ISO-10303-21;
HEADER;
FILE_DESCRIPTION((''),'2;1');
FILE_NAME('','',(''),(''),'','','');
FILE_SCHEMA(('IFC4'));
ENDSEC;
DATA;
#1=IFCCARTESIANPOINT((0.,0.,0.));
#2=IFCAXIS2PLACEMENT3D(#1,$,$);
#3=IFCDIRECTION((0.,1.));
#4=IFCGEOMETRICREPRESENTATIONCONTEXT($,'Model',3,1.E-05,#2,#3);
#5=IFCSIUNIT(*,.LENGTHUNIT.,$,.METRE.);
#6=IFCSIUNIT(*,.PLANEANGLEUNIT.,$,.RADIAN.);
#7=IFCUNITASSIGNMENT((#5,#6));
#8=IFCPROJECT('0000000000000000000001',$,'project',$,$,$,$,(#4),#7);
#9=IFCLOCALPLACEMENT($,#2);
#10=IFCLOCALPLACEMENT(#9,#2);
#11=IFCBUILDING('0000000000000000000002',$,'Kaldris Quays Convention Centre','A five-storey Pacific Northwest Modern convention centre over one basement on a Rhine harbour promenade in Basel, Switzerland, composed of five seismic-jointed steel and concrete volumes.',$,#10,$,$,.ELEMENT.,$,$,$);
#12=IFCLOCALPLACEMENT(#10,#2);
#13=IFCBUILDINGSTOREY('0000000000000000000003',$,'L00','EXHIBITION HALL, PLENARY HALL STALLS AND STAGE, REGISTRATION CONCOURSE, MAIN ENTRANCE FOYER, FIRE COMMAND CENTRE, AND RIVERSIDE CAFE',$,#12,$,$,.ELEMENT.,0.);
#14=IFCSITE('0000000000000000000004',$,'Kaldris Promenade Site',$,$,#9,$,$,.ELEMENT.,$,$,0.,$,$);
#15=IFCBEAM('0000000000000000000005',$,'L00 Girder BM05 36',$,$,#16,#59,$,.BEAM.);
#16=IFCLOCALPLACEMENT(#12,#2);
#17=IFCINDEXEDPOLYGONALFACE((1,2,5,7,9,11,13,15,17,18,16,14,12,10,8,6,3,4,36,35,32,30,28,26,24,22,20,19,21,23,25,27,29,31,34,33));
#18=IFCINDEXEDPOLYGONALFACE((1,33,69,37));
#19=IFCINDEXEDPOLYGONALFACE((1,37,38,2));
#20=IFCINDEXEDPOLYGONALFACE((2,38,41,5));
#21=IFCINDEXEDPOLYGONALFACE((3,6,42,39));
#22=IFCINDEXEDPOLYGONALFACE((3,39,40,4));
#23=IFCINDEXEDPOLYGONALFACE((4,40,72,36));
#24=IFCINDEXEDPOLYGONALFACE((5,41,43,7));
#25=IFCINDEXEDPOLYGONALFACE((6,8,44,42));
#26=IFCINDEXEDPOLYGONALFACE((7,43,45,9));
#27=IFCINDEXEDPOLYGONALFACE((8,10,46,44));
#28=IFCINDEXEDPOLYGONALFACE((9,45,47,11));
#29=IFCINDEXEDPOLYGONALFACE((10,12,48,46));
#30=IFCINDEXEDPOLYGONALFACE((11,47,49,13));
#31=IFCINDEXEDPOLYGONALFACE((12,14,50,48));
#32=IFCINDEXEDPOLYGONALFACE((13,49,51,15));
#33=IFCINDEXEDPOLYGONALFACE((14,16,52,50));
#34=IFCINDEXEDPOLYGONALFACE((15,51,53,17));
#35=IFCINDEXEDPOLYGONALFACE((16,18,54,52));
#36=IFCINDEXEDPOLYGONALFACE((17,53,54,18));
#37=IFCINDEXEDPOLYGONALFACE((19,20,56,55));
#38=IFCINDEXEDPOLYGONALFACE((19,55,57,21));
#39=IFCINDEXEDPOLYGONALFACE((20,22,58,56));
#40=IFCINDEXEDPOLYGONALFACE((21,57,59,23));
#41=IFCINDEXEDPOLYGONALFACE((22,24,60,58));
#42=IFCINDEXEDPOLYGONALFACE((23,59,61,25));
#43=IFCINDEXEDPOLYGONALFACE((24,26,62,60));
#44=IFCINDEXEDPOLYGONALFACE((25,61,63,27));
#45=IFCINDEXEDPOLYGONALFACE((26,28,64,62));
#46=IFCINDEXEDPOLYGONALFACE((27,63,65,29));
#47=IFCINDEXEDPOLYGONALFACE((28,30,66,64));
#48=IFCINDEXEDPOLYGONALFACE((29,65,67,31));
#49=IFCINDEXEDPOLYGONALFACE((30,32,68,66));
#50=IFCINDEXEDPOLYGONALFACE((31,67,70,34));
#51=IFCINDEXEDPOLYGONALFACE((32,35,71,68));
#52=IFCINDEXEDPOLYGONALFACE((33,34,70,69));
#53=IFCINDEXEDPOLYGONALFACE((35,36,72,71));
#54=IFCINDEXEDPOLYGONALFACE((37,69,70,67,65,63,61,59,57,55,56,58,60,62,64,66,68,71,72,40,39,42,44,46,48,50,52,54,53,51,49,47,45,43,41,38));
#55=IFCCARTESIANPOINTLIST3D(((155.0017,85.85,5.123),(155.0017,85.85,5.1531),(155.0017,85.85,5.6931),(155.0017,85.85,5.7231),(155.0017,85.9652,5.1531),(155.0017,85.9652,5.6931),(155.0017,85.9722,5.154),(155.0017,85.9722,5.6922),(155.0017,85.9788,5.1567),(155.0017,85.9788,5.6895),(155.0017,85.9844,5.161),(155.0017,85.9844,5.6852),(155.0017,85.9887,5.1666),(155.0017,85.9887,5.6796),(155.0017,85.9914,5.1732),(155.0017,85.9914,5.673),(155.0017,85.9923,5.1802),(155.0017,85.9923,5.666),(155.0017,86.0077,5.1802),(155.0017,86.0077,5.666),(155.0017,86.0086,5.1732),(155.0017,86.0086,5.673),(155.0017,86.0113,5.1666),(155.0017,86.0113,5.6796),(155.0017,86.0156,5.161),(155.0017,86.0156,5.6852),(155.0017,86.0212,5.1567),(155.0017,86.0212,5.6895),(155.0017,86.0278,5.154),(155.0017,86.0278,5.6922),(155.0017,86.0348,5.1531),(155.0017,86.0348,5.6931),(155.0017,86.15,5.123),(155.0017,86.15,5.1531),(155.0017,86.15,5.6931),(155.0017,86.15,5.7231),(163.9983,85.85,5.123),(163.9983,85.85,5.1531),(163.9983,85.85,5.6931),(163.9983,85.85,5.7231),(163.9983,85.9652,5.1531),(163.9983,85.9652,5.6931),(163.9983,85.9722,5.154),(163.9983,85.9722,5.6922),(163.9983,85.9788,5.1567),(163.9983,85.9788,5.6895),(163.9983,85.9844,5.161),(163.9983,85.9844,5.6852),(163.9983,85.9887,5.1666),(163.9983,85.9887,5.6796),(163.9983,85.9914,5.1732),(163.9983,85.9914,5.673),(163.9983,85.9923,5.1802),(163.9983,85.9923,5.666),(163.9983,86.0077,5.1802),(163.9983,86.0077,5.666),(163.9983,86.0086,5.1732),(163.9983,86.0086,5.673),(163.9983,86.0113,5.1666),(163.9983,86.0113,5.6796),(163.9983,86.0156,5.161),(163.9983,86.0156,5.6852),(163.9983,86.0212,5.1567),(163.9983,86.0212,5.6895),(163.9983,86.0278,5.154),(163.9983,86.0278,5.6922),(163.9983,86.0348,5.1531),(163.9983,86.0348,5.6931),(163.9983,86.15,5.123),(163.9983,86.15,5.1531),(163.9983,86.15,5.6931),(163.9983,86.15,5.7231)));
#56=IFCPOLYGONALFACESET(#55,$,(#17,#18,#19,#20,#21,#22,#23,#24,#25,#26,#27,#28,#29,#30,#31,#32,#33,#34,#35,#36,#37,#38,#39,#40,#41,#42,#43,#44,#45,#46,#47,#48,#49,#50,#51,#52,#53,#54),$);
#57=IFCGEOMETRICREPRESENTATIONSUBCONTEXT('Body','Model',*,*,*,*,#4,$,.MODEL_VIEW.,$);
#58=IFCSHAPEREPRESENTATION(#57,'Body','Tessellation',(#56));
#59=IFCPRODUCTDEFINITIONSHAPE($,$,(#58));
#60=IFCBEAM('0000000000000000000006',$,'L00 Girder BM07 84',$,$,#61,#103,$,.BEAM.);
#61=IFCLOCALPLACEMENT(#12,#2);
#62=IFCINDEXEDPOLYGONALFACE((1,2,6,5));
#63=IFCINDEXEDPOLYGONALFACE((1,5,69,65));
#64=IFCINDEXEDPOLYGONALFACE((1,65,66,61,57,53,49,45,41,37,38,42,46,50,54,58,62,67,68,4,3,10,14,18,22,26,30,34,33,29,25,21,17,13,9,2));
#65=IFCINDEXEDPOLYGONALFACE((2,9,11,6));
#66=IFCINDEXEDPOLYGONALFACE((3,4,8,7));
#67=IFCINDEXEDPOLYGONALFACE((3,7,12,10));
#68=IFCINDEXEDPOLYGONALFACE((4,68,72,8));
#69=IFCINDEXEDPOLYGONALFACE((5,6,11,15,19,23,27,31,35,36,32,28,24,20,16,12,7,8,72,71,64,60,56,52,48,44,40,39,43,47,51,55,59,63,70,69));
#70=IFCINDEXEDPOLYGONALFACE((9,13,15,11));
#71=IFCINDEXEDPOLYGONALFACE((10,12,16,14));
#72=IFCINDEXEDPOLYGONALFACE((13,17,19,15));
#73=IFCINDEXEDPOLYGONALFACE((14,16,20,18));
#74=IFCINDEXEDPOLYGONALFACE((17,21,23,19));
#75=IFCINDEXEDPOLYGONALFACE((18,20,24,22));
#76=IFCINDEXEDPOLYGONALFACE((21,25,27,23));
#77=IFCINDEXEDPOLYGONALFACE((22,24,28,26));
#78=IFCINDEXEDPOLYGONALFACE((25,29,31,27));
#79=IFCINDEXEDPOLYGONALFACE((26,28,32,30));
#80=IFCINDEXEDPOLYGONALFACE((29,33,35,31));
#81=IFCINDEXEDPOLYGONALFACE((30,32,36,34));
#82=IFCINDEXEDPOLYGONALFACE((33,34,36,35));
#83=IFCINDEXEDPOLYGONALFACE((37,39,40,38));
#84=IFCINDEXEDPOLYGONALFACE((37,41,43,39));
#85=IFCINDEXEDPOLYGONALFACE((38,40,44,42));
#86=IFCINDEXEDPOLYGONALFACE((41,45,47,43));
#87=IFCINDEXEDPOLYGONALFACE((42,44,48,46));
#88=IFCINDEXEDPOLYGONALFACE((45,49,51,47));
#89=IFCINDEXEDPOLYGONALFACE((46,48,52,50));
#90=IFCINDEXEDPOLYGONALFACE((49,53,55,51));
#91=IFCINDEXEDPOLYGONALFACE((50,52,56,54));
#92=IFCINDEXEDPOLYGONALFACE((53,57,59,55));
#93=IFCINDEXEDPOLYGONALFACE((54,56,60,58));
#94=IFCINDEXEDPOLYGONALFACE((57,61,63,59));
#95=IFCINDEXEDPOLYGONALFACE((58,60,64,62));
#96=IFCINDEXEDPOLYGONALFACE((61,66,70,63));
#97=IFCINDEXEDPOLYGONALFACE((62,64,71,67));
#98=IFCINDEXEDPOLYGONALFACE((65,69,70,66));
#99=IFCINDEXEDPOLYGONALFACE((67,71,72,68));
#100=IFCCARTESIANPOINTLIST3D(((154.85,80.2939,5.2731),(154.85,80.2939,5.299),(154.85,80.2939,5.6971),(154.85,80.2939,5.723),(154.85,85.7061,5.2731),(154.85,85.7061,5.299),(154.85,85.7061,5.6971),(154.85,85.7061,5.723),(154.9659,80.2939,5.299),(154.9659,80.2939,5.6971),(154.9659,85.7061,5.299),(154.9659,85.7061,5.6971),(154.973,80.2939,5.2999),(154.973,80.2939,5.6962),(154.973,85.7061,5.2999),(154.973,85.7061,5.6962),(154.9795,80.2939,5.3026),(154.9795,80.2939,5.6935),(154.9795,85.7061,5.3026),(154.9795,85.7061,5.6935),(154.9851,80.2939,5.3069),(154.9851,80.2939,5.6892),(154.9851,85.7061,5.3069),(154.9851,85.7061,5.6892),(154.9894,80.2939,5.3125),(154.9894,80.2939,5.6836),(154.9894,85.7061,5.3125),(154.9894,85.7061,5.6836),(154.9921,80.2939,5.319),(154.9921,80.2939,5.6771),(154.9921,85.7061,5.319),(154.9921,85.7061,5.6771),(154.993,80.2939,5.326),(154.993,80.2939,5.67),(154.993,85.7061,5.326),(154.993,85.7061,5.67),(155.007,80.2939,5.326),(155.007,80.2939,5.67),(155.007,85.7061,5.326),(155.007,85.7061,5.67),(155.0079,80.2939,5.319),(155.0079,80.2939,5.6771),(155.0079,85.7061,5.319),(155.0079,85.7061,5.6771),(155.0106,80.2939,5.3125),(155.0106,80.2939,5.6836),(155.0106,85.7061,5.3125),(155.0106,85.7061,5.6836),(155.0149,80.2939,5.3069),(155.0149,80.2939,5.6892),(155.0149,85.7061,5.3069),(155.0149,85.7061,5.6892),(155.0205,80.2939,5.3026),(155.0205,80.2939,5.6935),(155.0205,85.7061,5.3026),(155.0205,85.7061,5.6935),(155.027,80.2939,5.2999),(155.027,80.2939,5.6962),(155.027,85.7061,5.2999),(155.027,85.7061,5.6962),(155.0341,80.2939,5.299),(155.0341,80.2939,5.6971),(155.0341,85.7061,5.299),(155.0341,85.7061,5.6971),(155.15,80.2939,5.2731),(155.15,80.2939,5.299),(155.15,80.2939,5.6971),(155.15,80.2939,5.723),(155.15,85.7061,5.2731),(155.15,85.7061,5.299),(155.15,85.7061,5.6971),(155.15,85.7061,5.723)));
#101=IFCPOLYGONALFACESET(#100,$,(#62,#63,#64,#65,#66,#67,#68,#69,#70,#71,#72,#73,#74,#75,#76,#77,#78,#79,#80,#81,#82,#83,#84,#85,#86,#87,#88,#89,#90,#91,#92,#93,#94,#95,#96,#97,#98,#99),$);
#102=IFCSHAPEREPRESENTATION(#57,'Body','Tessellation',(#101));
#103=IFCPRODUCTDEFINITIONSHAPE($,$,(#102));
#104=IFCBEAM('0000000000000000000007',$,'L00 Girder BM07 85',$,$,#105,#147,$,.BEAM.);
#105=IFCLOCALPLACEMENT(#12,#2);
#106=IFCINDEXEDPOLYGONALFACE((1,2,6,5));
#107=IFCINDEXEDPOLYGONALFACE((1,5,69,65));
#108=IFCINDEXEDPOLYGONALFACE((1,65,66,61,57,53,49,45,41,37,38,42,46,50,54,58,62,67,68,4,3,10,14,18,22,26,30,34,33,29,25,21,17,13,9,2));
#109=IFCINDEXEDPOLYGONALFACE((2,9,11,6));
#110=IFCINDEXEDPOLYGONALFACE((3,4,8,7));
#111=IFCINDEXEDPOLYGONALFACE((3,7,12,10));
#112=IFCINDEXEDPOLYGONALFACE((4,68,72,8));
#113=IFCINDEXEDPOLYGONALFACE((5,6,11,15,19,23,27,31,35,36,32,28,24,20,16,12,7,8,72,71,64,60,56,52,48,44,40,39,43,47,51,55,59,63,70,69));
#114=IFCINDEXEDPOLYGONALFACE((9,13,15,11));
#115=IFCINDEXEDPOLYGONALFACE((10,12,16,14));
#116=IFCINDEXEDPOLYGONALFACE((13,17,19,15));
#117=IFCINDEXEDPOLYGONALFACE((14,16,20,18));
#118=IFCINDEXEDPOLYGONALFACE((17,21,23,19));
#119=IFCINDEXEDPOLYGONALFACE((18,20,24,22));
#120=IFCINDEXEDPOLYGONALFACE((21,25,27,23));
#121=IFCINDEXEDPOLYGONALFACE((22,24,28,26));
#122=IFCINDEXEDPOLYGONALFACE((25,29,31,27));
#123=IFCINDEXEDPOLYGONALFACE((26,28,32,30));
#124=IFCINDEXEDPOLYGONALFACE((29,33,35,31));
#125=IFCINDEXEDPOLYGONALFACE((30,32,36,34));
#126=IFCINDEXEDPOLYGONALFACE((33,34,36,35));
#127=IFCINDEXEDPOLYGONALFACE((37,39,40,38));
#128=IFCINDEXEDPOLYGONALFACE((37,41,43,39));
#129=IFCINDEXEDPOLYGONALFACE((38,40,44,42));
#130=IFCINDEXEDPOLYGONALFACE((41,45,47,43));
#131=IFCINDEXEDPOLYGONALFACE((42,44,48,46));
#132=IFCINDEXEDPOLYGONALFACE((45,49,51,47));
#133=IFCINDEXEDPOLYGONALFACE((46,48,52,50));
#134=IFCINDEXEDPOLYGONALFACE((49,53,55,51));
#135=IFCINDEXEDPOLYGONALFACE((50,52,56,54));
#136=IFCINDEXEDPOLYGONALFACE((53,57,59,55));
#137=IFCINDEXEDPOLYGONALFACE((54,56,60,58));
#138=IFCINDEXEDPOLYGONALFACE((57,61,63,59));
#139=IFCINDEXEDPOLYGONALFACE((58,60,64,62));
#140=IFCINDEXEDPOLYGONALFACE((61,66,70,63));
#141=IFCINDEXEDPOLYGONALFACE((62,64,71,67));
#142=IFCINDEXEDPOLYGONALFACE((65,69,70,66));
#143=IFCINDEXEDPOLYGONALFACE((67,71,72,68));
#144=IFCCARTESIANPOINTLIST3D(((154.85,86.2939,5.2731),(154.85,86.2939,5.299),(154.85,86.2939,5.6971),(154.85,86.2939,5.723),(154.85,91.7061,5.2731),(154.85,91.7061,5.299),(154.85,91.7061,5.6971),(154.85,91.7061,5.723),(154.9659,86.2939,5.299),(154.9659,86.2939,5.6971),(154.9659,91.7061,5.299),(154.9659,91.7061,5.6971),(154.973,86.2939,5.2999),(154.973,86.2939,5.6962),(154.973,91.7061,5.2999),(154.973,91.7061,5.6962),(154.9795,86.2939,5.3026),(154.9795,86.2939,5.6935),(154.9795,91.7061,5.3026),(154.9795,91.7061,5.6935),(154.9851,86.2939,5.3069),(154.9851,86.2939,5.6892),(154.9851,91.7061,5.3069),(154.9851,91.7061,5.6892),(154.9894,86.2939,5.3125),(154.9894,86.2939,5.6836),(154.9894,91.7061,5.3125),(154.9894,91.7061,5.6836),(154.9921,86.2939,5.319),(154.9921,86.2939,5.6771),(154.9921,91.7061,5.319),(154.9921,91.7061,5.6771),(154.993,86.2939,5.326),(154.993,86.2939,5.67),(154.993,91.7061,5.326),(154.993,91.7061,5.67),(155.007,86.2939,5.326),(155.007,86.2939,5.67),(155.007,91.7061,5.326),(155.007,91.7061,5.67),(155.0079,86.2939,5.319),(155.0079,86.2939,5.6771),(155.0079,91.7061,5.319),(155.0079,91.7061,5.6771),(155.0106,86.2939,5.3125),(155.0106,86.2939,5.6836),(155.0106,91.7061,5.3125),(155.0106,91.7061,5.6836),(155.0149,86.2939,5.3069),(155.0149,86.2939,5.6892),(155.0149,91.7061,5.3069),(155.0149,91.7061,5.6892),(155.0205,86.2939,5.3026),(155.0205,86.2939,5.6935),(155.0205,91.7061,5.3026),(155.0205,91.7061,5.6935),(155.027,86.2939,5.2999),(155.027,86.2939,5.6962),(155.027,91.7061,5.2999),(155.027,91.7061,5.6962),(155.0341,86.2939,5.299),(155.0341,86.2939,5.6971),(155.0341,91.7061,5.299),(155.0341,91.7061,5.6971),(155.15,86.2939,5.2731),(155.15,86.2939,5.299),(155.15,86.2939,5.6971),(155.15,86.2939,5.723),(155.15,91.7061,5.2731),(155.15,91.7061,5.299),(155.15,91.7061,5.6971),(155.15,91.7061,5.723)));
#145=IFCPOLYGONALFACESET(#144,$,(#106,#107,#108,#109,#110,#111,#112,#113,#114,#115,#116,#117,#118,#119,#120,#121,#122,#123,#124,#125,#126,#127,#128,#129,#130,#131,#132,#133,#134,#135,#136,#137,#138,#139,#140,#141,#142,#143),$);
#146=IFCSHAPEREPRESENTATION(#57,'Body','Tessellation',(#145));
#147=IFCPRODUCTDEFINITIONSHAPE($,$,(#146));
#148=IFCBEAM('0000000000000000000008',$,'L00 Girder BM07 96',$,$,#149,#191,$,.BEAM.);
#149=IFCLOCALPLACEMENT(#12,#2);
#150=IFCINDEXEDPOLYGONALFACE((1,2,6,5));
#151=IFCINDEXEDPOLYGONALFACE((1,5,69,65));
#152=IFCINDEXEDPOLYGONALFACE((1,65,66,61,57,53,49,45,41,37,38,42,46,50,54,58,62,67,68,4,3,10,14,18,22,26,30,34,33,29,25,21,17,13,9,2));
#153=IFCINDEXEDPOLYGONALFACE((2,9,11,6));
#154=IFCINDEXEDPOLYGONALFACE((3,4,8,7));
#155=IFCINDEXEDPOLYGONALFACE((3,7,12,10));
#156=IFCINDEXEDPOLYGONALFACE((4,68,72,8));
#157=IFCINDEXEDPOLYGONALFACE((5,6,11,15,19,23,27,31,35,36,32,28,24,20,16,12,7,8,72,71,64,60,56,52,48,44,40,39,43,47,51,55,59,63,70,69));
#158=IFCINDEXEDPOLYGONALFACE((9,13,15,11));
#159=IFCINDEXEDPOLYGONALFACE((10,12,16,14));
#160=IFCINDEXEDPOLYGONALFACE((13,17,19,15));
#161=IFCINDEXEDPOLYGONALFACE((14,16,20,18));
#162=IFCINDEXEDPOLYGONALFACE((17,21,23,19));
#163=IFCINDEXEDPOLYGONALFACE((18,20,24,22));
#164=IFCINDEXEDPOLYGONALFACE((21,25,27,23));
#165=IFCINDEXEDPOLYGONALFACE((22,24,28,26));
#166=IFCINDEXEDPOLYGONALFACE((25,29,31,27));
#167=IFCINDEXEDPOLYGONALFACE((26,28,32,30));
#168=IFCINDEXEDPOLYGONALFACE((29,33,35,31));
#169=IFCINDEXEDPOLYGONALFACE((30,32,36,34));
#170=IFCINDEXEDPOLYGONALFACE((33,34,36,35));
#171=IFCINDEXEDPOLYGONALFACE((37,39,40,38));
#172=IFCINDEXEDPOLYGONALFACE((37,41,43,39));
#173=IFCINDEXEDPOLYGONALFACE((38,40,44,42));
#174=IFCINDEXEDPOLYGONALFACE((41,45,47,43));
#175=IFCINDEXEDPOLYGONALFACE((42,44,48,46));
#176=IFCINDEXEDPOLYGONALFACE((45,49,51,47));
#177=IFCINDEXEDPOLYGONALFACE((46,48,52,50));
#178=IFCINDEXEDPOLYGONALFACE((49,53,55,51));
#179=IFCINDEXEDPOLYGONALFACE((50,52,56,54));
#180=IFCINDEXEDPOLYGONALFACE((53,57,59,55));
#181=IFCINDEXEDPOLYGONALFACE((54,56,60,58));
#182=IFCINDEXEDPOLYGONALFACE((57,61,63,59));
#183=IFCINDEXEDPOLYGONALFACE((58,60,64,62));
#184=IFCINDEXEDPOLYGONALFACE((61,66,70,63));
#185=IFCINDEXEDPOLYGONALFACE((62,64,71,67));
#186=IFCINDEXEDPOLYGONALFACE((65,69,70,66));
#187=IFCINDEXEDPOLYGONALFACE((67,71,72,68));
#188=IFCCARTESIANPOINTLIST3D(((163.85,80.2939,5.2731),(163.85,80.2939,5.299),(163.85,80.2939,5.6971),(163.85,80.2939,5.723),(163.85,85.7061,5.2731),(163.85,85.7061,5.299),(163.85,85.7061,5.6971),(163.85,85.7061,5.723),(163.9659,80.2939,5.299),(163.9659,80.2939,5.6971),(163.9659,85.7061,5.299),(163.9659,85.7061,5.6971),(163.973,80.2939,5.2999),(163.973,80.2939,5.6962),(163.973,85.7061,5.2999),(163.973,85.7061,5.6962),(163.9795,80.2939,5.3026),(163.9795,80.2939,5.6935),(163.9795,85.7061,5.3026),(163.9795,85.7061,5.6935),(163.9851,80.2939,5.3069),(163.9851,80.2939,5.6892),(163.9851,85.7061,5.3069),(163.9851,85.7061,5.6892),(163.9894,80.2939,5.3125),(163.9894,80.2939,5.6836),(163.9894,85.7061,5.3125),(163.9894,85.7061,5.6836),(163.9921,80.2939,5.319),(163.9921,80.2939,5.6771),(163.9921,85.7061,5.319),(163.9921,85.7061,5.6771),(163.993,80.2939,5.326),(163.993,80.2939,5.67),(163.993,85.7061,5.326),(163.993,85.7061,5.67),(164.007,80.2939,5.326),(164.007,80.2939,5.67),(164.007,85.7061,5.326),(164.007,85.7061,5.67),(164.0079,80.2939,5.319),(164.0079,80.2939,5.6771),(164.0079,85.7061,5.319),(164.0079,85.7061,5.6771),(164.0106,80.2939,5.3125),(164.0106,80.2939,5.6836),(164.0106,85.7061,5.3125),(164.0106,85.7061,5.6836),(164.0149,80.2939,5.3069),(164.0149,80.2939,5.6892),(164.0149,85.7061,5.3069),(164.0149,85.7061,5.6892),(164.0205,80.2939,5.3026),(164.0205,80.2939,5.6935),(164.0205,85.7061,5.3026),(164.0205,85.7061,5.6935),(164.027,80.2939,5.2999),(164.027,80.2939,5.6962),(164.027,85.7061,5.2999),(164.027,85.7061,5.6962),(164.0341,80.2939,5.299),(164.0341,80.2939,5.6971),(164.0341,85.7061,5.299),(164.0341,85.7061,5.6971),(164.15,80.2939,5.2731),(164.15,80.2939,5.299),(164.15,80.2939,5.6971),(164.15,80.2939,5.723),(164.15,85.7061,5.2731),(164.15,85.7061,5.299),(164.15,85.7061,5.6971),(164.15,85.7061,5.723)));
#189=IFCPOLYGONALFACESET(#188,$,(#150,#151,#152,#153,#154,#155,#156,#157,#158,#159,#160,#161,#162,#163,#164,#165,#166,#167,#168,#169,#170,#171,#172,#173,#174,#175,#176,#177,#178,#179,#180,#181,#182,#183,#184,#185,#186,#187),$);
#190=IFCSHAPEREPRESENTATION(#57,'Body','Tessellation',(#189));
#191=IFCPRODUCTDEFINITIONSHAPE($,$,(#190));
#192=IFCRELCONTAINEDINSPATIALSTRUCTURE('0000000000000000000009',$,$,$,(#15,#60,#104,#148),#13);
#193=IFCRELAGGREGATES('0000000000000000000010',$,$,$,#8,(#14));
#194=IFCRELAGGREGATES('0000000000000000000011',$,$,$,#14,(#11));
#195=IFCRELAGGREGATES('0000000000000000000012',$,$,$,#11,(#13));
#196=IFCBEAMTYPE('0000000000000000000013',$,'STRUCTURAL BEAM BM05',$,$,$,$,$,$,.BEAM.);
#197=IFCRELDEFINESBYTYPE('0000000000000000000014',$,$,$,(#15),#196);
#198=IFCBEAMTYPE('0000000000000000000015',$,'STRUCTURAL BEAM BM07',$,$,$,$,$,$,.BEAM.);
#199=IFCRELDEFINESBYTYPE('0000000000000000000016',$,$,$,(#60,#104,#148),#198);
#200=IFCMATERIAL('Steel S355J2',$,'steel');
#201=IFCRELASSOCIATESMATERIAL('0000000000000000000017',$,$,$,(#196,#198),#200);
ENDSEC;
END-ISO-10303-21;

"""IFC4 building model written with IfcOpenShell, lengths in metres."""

from ifc_helpers import new_model, si_unit, direction, frame, origin, origin_2d, place, context, subcontext, project, spatial, i_section, extrude, material, material_profile, profile_set, type_object, element, save


model = new_model("IFC4")

# Units and contexts
model_context = context("Model", 3, precision=1e-05, world=origin(), true_north=direction((0.0, 1.0)))
body_context = subcontext(model_context, "Body", "Model", "MODEL_VIEW")
ifc_project = project(units=[si_unit("LENGTHUNIT", "METRE"), si_unit("PLANEANGLEUNIT", "RADIAN")], contexts=[model_context])

# Site, building, storey
site_placement = place(None, origin())
site = spatial("IfcSite", under=ifc_project, at=site_placement, Name="Kaldris Promenade Site", CompositionType="ELEMENT", RefElevation=0.0)
building_placement = place(site_placement, origin())
building = spatial("IfcBuilding", under=site, at=building_placement, Name="Kaldris Quays Convention Centre", Description="A five-storey Pacific Northwest Modern convention centre over one basement on a Rhine harbour promenade in Basel, Switzerland, composed of five seismic-jointed steel and concrete volumes.", CompositionType="ELEMENT")
storey_placement = place(building_placement, origin())
storey = spatial("IfcBuildingStorey", under=building, at=storey_placement, Name="L00", Description="EXHIBITION HALL, PLENARY HALL STALLS AND STAGE, REGISTRATION CONCOURSE, MAIN ENTRANCE FOYER, FIRE COMMAND CENTRE, AND RIVERSIDE CAFE", CompositionType="ELEMENT", Elevation=0.0)

# Shared definitions
ifc_material_1 = material(Name="Steel S355J2", Category="steel")

# Beams
ifc_material_profile_1 = material_profile(ifc_material_1, i_section(OverallWidth=0.3, OverallDepth=0.6001, WebThickness=0.0154, FlangeThickness=0.03, FilletRadius=0.0271, at=origin_2d()), Name="HEB 600")
ifc_profile_set_1 = profile_set([ifc_material_profile_1], Name="Steel S355J2")
beam_type_1 = type_object("IfcBeamType", Name="STRUCTURAL BEAM BM05", PredefinedType="BEAM", material=ifc_profile_set_1)
beam_1_placement = place(storey_placement, frame((155.0017, 86.0, 5.4231), z_axis=(1.0, 0.0, 0.0), x_axis=(0.0, 1.0, 0.0)))
element("IfcBeam", 1, at=beam_1_placement, inside=storey, type_object=beam_type_1, Name="L00 Girder BM05 36", PredefinedType="BEAM", context=body_context, shape_type="SweptSolid", body=[
    extrude(i_section(OverallWidth=0.3, OverallDepth=0.6001, WebThickness=0.0154, FlangeThickness=0.03, FilletRadius=0.0271, at=origin_2d()), origin(), (0.0, 0.0, 1.0), 8.9966),
])
ifc_material_profile_2 = material_profile(ifc_material_1, i_section(OverallWidth=0.3, OverallDepth=0.45, WebThickness=0.0139, FlangeThickness=0.0259, FilletRadius=0.0271, at=origin_2d()), Name="HEB 450")
ifc_profile_set_2 = profile_set([ifc_material_profile_2], Name="Steel S355J2")
beam_type_2 = type_object("IfcBeamType", Name="STRUCTURAL BEAM BM07", PredefinedType="BEAM", material=ifc_profile_set_2)
for number, where, z_axis, x_axis, name in (
    (2, (155.0, 80.2939, 5.498), (0.0, 1.0, 0.0), (-1.0, 0.0, 0.0), "L00 Girder BM07 84"),
    (3, (155.0, 86.2939, 5.498), (0.0, 1.0, 0.0), (-1.0, 0.0, 0.0), "L00 Girder BM07 85"),
    (4, (164.0, 80.2939, 5.498), (0.0, 1.0, 0.0), (-1.0, 0.0, 0.0), "L00 Girder BM07 96"),
):
    element("IfcBeam", number, at=place(storey_placement, frame(where, z_axis=z_axis, x_axis=x_axis)), inside=storey, type_object=beam_type_2, Name=name, PredefinedType="BEAM", context=body_context, shape_type="SweptSolid", body=[
        extrude(i_section(OverallWidth=0.3, OverallDepth=0.45, WebThickness=0.0139, FlangeThickness=0.0259, FilletRadius=0.0271, at=origin_2d()), origin(), (0.0, 0.0, 1.0), 5.4121),
    ])

save(model, "model.ifc")
